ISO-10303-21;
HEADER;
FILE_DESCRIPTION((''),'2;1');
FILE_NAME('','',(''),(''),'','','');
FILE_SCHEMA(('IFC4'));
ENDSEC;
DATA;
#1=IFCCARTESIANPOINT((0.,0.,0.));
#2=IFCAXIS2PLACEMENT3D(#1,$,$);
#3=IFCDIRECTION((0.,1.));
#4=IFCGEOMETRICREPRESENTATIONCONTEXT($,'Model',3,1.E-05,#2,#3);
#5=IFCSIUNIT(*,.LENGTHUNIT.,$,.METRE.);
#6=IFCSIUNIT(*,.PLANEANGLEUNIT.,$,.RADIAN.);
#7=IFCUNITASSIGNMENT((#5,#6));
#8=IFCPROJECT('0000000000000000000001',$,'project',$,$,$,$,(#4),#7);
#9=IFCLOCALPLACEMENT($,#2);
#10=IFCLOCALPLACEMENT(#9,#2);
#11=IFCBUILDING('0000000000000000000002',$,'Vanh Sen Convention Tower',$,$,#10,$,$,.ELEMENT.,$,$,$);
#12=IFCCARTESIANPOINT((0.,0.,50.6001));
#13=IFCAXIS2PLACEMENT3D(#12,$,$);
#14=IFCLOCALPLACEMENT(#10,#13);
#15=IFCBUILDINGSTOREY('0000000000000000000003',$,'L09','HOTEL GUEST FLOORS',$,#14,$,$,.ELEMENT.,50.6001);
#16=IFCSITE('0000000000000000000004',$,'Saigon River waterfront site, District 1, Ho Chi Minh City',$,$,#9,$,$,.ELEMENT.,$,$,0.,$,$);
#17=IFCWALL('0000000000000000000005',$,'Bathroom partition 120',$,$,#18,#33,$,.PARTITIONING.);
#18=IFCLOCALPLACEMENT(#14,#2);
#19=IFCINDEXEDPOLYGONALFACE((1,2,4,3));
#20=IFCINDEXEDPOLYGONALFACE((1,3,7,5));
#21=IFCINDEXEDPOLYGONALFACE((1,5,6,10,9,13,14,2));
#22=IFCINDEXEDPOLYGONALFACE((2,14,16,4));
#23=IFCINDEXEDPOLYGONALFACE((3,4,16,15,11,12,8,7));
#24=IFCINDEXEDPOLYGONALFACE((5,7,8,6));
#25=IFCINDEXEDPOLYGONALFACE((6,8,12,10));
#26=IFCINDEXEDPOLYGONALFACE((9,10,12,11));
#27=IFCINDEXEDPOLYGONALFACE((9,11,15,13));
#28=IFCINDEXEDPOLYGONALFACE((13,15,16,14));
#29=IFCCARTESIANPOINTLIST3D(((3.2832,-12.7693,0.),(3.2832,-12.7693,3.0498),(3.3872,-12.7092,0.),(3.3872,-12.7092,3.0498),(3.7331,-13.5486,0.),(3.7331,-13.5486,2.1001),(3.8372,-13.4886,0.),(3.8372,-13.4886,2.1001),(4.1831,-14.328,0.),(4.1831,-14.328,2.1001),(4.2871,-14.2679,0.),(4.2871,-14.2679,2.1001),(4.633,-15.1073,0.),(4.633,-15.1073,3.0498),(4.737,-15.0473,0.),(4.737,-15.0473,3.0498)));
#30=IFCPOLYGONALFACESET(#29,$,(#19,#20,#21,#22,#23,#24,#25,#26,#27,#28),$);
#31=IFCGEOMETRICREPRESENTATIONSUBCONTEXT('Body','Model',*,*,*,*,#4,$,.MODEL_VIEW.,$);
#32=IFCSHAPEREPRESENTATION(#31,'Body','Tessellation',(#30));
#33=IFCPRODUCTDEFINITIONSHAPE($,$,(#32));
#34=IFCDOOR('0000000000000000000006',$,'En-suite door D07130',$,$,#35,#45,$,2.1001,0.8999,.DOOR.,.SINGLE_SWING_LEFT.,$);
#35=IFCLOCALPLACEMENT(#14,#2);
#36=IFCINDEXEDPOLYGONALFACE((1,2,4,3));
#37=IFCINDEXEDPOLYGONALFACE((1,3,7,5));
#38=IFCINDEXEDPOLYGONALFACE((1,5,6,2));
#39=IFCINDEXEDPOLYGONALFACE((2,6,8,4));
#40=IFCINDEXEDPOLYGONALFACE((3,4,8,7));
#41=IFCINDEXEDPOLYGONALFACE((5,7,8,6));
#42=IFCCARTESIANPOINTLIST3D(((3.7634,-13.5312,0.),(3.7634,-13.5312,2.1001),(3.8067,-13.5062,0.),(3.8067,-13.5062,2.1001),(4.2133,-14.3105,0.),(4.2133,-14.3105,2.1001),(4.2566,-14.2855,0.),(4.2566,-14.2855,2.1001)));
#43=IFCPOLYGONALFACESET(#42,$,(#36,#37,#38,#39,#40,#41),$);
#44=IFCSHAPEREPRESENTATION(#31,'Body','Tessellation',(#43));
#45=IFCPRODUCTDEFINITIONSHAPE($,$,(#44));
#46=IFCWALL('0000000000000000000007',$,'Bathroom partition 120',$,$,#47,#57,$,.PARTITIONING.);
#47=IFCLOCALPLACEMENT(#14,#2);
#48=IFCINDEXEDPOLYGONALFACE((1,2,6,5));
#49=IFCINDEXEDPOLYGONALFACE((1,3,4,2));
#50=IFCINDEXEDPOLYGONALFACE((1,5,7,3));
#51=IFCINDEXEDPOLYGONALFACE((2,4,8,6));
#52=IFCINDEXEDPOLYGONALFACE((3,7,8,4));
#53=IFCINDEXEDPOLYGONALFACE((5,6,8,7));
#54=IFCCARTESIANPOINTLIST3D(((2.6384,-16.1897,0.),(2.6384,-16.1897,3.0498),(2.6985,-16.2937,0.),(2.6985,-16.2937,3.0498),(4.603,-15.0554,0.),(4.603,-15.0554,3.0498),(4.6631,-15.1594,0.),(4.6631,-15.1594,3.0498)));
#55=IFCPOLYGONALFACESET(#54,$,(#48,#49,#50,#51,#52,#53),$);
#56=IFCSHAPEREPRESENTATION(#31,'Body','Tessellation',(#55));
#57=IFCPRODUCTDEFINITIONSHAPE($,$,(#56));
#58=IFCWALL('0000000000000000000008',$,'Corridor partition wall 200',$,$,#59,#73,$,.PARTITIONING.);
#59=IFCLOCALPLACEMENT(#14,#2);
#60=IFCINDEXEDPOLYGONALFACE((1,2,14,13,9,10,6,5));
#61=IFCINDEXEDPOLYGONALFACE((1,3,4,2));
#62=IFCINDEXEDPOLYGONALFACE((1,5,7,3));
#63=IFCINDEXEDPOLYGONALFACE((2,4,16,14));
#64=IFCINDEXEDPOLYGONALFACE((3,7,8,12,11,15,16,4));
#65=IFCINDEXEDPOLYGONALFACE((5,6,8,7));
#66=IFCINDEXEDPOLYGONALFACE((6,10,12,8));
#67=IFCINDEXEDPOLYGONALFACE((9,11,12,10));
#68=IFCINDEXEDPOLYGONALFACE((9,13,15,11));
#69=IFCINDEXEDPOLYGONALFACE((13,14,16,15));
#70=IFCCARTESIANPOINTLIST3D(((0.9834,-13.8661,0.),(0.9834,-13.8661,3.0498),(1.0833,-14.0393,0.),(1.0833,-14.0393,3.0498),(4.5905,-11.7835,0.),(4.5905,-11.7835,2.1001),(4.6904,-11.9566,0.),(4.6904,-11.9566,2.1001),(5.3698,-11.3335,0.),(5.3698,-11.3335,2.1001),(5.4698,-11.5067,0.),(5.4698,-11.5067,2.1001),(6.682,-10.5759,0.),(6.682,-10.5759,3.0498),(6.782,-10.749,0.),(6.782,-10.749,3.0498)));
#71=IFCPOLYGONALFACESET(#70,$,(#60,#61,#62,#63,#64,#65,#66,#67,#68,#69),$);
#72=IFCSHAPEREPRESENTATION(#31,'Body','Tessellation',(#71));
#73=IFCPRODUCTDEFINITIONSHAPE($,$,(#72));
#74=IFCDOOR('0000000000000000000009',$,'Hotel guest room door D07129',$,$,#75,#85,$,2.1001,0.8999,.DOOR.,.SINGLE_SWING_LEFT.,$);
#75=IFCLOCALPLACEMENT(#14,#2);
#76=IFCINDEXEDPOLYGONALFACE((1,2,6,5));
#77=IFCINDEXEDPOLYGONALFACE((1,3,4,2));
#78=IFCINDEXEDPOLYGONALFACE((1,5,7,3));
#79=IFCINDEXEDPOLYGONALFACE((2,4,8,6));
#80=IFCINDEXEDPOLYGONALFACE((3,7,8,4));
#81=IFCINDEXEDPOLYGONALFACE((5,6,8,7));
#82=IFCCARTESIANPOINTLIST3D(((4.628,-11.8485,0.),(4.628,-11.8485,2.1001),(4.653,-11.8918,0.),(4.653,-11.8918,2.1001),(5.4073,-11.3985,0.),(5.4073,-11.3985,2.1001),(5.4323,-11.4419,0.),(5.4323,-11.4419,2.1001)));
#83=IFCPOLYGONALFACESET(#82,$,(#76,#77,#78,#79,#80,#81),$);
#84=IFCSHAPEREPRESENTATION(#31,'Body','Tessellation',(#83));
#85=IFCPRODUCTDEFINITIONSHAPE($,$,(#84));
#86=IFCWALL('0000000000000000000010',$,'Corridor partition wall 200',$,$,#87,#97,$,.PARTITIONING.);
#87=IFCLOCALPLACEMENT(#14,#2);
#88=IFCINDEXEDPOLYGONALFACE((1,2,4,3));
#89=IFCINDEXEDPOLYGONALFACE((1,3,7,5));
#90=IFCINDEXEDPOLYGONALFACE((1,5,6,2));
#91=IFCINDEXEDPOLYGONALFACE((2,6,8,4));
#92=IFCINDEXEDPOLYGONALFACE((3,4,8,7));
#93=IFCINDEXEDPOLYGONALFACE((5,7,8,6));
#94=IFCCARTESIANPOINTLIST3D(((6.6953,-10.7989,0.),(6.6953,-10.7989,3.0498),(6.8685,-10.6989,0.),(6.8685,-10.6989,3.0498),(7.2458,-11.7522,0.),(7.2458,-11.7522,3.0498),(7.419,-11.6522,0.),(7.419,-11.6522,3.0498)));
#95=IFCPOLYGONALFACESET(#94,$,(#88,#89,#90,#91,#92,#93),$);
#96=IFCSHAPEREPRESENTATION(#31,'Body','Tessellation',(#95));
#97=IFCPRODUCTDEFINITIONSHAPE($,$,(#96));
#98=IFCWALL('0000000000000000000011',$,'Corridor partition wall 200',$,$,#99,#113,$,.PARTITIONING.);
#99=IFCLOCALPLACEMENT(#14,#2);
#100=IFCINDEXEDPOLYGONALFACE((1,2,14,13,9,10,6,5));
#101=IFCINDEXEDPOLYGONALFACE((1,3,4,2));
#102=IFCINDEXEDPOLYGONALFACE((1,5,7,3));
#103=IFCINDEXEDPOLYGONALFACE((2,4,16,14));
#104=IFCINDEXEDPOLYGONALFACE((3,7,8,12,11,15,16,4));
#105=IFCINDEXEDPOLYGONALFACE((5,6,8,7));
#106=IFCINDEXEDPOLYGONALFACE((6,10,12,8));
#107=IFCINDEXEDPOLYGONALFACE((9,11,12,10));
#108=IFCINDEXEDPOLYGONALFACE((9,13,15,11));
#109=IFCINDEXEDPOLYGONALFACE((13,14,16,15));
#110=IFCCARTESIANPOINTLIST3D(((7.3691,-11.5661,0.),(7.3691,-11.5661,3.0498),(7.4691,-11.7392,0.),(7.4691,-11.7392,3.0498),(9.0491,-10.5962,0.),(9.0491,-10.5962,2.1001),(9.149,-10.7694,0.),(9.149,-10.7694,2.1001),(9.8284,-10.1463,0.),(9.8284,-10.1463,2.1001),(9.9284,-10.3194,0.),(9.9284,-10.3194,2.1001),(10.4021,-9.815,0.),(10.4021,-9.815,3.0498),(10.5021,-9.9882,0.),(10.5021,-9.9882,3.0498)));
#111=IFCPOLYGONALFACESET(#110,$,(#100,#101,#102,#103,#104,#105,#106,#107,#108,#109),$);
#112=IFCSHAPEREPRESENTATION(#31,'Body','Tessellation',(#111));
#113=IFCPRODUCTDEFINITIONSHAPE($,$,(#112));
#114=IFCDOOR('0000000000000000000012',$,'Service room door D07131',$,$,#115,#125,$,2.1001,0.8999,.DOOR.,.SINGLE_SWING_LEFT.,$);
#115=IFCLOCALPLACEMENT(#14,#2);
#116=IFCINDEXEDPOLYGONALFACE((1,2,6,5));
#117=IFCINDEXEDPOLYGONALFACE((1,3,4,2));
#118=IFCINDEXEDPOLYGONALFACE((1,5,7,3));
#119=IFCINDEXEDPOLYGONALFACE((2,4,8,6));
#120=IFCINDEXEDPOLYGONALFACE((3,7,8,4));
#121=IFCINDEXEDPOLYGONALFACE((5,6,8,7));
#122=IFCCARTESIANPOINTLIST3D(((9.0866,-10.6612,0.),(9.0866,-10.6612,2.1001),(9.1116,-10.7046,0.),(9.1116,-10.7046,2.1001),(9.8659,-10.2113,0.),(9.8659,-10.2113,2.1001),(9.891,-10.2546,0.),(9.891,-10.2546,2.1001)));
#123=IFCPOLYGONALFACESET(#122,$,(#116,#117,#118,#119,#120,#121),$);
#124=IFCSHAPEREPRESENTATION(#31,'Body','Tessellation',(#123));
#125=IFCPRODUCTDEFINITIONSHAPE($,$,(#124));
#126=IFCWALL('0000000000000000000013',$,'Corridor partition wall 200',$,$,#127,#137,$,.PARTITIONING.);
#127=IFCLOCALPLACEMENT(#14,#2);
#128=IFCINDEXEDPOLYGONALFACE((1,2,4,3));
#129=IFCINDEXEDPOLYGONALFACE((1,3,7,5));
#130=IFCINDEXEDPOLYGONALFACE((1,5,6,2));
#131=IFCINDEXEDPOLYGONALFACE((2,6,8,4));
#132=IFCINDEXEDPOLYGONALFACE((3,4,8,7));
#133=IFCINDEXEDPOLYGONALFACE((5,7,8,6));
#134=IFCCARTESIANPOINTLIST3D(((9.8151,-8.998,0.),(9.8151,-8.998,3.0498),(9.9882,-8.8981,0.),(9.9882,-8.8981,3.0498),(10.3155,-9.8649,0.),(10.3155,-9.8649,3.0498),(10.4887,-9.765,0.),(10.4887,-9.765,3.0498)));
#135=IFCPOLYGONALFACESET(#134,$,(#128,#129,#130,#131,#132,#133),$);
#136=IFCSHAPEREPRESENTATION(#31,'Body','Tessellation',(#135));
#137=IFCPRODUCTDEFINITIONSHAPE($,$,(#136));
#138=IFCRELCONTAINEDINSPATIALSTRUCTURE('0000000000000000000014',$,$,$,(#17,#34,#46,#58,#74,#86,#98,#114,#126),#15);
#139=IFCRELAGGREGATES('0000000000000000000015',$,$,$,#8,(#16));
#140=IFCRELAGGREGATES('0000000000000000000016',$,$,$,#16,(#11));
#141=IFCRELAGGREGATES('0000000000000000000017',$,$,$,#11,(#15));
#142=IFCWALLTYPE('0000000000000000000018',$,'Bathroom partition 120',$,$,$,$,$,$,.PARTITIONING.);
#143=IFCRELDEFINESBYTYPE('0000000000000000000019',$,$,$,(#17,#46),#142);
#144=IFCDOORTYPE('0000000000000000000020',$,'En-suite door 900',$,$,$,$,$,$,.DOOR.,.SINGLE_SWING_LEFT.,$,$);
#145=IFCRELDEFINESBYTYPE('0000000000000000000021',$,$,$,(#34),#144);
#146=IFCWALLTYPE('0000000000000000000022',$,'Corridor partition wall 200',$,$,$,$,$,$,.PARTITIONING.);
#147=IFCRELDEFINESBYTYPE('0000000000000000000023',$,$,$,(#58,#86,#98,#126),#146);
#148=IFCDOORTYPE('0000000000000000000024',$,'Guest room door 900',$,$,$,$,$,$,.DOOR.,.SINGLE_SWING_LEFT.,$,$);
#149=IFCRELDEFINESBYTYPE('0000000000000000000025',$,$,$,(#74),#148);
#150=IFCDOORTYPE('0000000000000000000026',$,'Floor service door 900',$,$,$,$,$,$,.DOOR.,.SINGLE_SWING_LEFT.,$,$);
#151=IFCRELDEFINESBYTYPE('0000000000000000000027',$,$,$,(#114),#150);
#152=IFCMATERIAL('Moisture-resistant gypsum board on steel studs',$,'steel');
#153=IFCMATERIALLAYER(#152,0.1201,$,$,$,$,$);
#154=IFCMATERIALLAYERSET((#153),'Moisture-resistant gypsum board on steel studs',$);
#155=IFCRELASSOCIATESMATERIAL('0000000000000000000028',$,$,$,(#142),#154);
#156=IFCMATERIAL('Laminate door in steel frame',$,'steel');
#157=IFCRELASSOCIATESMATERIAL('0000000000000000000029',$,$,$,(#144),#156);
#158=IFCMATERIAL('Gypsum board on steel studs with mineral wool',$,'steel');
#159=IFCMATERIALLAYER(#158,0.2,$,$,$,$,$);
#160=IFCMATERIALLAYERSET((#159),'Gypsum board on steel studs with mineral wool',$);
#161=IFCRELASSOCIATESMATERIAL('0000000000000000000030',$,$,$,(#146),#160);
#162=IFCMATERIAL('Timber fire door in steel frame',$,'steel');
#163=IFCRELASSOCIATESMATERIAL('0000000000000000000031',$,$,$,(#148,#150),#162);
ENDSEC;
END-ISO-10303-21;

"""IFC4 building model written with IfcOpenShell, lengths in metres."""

from ifc_helpers import new_model, si_unit, direction, frame, frame_2d, origin, place, context, subcontext, project, spatial, rectangle, extrude, material, layer, layer_set, type_object, element, fill, save


model = new_model("IFC4")

# Units and contexts
model_context = context("Model", 3, precision=1e-05, world=origin(), true_north=direction((0.0, 1.0)))
body_context = subcontext(model_context, "Body", "Model", "MODEL_VIEW")
ifc_project = project(units=[si_unit("LENGTHUNIT", "METRE"), si_unit("PLANEANGLEUNIT", "RADIAN")], contexts=[model_context])

# Site, building, storey
site_placement = place(None, origin())
site = spatial("IfcSite", under=ifc_project, at=site_placement, Name="Saigon River waterfront site, District 1, Ho Chi Minh City", CompositionType="ELEMENT", RefElevation=0.0)
building_placement = place(site_placement, origin())
building = spatial("IfcBuilding", under=site, at=building_placement, Name="Vanh Sen Convention Tower", CompositionType="ELEMENT")
storey_placement = place(building_placement, frame((0.0, 0.0, 50.6001)))
storey = spatial("IfcBuildingStorey", under=building, at=storey_placement, Name="L09", Description="HOTEL GUEST FLOORS", CompositionType="ELEMENT", Elevation=50.6001)

# Wall, opening, door
ifc_material_1 = material(Name="Moisture-resistant gypsum board on steel studs", Category="steel")
ifc_layer_1 = layer(ifc_material_1, 0.1201)
ifc_layer_set_1 = layer_set([ifc_layer_1], Name="Moisture-resistant gypsum board on steel studs")
wall_type_1 = type_object("IfcWallType", Name="Bathroom partition 120", PredefinedType="PARTITIONING", material=ifc_layer_set_1)
wall_1_placement = place(storey_placement, frame((3.3352, -12.7393, 0.0), z_axis=(0.0, 0.0, 1.0), x_axis=(0.499981, -0.866037, 0.0)))
wall_1 = element("IfcWall", 1, at=wall_1_placement, inside=storey, type_object=wall_type_1, Name="Bathroom partition 120", PredefinedType="PARTITIONING", context=body_context, shape_type="SweptSolid", body=[
    extrude(rectangle(XDim=2.6997, YDim=0.1201, at=frame_2d((1.3499, 0.0))), origin(), (0.0, 0.0, 1.0), 3.0498),
])
opening_1_placement = place(wall_1_placement, frame((0.8999, 0.0, 0.0)))
opening_1 = element("IfcOpeningElement", 2, at=opening_1_placement, cuts=wall_1, PredefinedType="OPENING", context=body_context, shape_type="SweptSolid", body=[
    extrude(rectangle(XDim=0.8999, YDim=2.1001, at=frame_2d((0.45, 1.05))), frame((0.0, 0.0701, 0.0), z_axis=(0.0, -1.0, 0.0), x_axis=(1.0, 0.0, 0.0)), (0.0, 0.0, 1.0), 0.1401),
])
ifc_material_2 = material(Name="Laminate door in steel frame", Category="steel")
door_type_1 = type_object("IfcDoorType", Name="En-suite door 900", OperationType="SINGLE_SWING_LEFT", PredefinedType="DOOR", material=ifc_material_2)
door_1_placement = place(opening_1_placement, origin())
door_1 = element("IfcDoor", 3, at=door_1_placement, inside=storey, type_object=door_type_1, Name="En-suite door D07130", OperationType="SINGLE_SWING_LEFT", OverallHeight=2.1001, OverallWidth=0.8999, PredefinedType="DOOR", context=body_context, shape_type="SweptSolid", body=[
    extrude(rectangle(XDim=0.8999, YDim=2.1001, at=frame_2d((0.45, 1.05))), frame((0.0, 0.0249, 0.0), z_axis=(0.0, -1.0, 0.0), x_axis=(1.0, 0.0, 0.0)), (0.0, 0.0, 1.0), 0.05),
])
fill(opening_1, door_1)

# Wall
wall_2_placement = place(storey_placement, frame((4.6331, -15.1074, 0.0), z_axis=(0.0, 0.0, 1.0), x_axis=(-0.866022, -0.500005, 0.0)))
element("IfcWall", 4, at=wall_2_placement, inside=storey, type_object=wall_type_1, Name="Bathroom partition 120", PredefinedType="PARTITIONING", context=body_context, shape_type="SweptSolid", body=[
    extrude(rectangle(XDim=2.2686, YDim=0.1201, at=frame_2d((1.1343, 0.0))), origin(), (0.0, 0.0, 1.0), 3.0498),
])

# Wall, opening, door
ifc_material_3 = material(Name="Gypsum board on steel studs with mineral wool", Category="steel")
ifc_layer_2 = layer(ifc_material_3, 0.2)
ifc_layer_set_2 = layer_set([ifc_layer_2], Name="Gypsum board on steel studs with mineral wool")
wall_type_2 = type_object("IfcWallType", Name="Corridor partition wall 200", PredefinedType="PARTITIONING", material=ifc_layer_set_2)
wall_3_placement = place(storey_placement, frame((1.0334, -13.9526, 0.0), z_axis=(0.0, 0.0, 1.0), x_axis=(0.866018, 0.500014, 0.0)))
wall_3 = element("IfcWall", 5, at=wall_3_placement, inside=storey, type_object=wall_type_2, Name="Corridor partition wall 200", PredefinedType="PARTITIONING", context=body_context, shape_type="SweptSolid", body=[
    extrude(rectangle(XDim=6.5803, YDim=0.2, at=frame_2d((3.29, 0.0))), origin(), (0.0, 0.0, 1.0), 3.0498),
])
opening_2_placement = place(wall_3_placement, frame((4.165, 0.0, 0.0)))
opening_2 = element("IfcOpeningElement", 6, at=opening_2_placement, cuts=wall_3, PredefinedType="OPENING", context=body_context, shape_type="SweptSolid", body=[
    extrude(rectangle(XDim=0.8999, YDim=2.1001, at=frame_2d((0.45, 1.05))), frame((0.0, 0.1099, 0.0), z_axis=(0.0, -1.0, 0.0), x_axis=(1.0, 0.0, 0.0)), (0.0, 0.0, 1.0), 0.22),
])
ifc_material_4 = material(Name="Timber fire door in steel frame", Category="steel")
door_type_2 = type_object("IfcDoorType", Name="Guest room door 900", OperationType="SINGLE_SWING_LEFT", PredefinedType="DOOR", material=ifc_material_4)
door_2_placement = place(opening_2_placement, origin())
door_2 = element("IfcDoor", 7, at=door_2_placement, inside=storey, type_object=door_type_2, Name="Hotel guest room door D07129", OperationType="SINGLE_SWING_LEFT", OverallHeight=2.1001, OverallWidth=0.8999, PredefinedType="DOOR", context=body_context, shape_type="SweptSolid", body=[
    extrude(rectangle(XDim=0.8999, YDim=2.1001, at=frame_2d((0.45, 1.05))), frame((0.0, 0.0249, 0.0), z_axis=(0.0, -1.0, 0.0), x_axis=(1.0, 0.0, 0.0)), (0.0, 0.0, 1.0), 0.05),
])
fill(opening_2, door_2)

# Wall
wall_4_placement = place(storey_placement, frame((6.782, -10.749, 0.0), z_axis=(0.0, 0.0, 1.0), x_axis=(0.500074, -0.865982, 0.0)))
element("IfcWall", 8, at=wall_4_placement, inside=storey, type_object=wall_type_2, Name="Corridor partition wall 200", PredefinedType="PARTITIONING", context=body_context, shape_type="SweptSolid", body=[
    extrude(rectangle(XDim=1.1008, YDim=0.2, at=frame_2d((0.5503, 0.0))), origin(), (0.0, 0.0, 1.0), 3.0498),
])

# Wall, opening, door
wall_5_placement = place(storey_placement, frame((7.4192, -11.6526, 0.0), z_axis=(0.0, 0.0, 1.0), x_axis=(0.866038, 0.499978, 0.0)))
wall_5 = element("IfcWall", 9, at=wall_5_placement, inside=storey, type_object=wall_type_2, Name="Corridor partition wall 200", PredefinedType="PARTITIONING", context=body_context, shape_type="SweptSolid", body=[
    extrude(rectangle(XDim=3.5022, YDim=0.2, at=frame_2d((1.751, 0.0))), origin(), (0.0, 0.0, 1.0), 3.0498),
])
opening_3_placement = place(wall_5_placement, frame((1.9397, 0.0, 0.0)))
opening_3 = element("IfcOpeningElement", 10, at=opening_3_placement, cuts=wall_5, PredefinedType="OPENING", context=body_context, shape_type="SweptSolid", body=[
    extrude(rectangle(XDim=0.8999, YDim=2.1001, at=frame_2d((0.45, 1.05))), frame((0.0, 0.1099, 0.0), z_axis=(0.0, -1.0, 0.0), x_axis=(1.0, 0.0, 0.0)), (0.0, 0.0, 1.0), 0.22),
])
door_type_3 = type_object("IfcDoorType", Name="Floor service door 900", OperationType="SINGLE_SWING_LEFT", PredefinedType="DOOR", material=ifc_material_4)
door_3_placement = place(opening_3_placement, origin())
door_3 = element("IfcDoor", 11, at=door_3_placement, inside=storey, type_object=door_type_3, Name="Service room door D07131", OperationType="SINGLE_SWING_LEFT", OverallHeight=2.1001, OverallWidth=0.8999, PredefinedType="DOOR", context=body_context, shape_type="SweptSolid", body=[
    extrude(rectangle(XDim=0.8999, YDim=2.1001, at=frame_2d((0.45, 1.05))), frame((0.0, 0.0249, 0.0), z_axis=(0.0, -1.0, 0.0), x_axis=(1.0, 0.0, 0.0)), (0.0, 0.0, 1.0), 0.05),
])
fill(opening_3, door_3)

# Wall
wall_6_placement = place(storey_placement, frame((10.4021, -9.8149, 0.0), z_axis=(0.0, 0.0, 1.0), x_axis=(-0.499969, 0.866043, 0.0)))
element("IfcWall", 12, at=wall_6_placement, inside=storey, type_object=wall_type_2, Name="Corridor partition wall 200", PredefinedType="PARTITIONING", context=body_context, shape_type="SweptSolid", body=[
    extrude(rectangle(XDim=1.001, YDim=0.2, at=frame_2d((0.5005, 0.0))), origin(), (0.0, 0.0, 1.0), 3.0498),
])

save(model, "model.ifc")
